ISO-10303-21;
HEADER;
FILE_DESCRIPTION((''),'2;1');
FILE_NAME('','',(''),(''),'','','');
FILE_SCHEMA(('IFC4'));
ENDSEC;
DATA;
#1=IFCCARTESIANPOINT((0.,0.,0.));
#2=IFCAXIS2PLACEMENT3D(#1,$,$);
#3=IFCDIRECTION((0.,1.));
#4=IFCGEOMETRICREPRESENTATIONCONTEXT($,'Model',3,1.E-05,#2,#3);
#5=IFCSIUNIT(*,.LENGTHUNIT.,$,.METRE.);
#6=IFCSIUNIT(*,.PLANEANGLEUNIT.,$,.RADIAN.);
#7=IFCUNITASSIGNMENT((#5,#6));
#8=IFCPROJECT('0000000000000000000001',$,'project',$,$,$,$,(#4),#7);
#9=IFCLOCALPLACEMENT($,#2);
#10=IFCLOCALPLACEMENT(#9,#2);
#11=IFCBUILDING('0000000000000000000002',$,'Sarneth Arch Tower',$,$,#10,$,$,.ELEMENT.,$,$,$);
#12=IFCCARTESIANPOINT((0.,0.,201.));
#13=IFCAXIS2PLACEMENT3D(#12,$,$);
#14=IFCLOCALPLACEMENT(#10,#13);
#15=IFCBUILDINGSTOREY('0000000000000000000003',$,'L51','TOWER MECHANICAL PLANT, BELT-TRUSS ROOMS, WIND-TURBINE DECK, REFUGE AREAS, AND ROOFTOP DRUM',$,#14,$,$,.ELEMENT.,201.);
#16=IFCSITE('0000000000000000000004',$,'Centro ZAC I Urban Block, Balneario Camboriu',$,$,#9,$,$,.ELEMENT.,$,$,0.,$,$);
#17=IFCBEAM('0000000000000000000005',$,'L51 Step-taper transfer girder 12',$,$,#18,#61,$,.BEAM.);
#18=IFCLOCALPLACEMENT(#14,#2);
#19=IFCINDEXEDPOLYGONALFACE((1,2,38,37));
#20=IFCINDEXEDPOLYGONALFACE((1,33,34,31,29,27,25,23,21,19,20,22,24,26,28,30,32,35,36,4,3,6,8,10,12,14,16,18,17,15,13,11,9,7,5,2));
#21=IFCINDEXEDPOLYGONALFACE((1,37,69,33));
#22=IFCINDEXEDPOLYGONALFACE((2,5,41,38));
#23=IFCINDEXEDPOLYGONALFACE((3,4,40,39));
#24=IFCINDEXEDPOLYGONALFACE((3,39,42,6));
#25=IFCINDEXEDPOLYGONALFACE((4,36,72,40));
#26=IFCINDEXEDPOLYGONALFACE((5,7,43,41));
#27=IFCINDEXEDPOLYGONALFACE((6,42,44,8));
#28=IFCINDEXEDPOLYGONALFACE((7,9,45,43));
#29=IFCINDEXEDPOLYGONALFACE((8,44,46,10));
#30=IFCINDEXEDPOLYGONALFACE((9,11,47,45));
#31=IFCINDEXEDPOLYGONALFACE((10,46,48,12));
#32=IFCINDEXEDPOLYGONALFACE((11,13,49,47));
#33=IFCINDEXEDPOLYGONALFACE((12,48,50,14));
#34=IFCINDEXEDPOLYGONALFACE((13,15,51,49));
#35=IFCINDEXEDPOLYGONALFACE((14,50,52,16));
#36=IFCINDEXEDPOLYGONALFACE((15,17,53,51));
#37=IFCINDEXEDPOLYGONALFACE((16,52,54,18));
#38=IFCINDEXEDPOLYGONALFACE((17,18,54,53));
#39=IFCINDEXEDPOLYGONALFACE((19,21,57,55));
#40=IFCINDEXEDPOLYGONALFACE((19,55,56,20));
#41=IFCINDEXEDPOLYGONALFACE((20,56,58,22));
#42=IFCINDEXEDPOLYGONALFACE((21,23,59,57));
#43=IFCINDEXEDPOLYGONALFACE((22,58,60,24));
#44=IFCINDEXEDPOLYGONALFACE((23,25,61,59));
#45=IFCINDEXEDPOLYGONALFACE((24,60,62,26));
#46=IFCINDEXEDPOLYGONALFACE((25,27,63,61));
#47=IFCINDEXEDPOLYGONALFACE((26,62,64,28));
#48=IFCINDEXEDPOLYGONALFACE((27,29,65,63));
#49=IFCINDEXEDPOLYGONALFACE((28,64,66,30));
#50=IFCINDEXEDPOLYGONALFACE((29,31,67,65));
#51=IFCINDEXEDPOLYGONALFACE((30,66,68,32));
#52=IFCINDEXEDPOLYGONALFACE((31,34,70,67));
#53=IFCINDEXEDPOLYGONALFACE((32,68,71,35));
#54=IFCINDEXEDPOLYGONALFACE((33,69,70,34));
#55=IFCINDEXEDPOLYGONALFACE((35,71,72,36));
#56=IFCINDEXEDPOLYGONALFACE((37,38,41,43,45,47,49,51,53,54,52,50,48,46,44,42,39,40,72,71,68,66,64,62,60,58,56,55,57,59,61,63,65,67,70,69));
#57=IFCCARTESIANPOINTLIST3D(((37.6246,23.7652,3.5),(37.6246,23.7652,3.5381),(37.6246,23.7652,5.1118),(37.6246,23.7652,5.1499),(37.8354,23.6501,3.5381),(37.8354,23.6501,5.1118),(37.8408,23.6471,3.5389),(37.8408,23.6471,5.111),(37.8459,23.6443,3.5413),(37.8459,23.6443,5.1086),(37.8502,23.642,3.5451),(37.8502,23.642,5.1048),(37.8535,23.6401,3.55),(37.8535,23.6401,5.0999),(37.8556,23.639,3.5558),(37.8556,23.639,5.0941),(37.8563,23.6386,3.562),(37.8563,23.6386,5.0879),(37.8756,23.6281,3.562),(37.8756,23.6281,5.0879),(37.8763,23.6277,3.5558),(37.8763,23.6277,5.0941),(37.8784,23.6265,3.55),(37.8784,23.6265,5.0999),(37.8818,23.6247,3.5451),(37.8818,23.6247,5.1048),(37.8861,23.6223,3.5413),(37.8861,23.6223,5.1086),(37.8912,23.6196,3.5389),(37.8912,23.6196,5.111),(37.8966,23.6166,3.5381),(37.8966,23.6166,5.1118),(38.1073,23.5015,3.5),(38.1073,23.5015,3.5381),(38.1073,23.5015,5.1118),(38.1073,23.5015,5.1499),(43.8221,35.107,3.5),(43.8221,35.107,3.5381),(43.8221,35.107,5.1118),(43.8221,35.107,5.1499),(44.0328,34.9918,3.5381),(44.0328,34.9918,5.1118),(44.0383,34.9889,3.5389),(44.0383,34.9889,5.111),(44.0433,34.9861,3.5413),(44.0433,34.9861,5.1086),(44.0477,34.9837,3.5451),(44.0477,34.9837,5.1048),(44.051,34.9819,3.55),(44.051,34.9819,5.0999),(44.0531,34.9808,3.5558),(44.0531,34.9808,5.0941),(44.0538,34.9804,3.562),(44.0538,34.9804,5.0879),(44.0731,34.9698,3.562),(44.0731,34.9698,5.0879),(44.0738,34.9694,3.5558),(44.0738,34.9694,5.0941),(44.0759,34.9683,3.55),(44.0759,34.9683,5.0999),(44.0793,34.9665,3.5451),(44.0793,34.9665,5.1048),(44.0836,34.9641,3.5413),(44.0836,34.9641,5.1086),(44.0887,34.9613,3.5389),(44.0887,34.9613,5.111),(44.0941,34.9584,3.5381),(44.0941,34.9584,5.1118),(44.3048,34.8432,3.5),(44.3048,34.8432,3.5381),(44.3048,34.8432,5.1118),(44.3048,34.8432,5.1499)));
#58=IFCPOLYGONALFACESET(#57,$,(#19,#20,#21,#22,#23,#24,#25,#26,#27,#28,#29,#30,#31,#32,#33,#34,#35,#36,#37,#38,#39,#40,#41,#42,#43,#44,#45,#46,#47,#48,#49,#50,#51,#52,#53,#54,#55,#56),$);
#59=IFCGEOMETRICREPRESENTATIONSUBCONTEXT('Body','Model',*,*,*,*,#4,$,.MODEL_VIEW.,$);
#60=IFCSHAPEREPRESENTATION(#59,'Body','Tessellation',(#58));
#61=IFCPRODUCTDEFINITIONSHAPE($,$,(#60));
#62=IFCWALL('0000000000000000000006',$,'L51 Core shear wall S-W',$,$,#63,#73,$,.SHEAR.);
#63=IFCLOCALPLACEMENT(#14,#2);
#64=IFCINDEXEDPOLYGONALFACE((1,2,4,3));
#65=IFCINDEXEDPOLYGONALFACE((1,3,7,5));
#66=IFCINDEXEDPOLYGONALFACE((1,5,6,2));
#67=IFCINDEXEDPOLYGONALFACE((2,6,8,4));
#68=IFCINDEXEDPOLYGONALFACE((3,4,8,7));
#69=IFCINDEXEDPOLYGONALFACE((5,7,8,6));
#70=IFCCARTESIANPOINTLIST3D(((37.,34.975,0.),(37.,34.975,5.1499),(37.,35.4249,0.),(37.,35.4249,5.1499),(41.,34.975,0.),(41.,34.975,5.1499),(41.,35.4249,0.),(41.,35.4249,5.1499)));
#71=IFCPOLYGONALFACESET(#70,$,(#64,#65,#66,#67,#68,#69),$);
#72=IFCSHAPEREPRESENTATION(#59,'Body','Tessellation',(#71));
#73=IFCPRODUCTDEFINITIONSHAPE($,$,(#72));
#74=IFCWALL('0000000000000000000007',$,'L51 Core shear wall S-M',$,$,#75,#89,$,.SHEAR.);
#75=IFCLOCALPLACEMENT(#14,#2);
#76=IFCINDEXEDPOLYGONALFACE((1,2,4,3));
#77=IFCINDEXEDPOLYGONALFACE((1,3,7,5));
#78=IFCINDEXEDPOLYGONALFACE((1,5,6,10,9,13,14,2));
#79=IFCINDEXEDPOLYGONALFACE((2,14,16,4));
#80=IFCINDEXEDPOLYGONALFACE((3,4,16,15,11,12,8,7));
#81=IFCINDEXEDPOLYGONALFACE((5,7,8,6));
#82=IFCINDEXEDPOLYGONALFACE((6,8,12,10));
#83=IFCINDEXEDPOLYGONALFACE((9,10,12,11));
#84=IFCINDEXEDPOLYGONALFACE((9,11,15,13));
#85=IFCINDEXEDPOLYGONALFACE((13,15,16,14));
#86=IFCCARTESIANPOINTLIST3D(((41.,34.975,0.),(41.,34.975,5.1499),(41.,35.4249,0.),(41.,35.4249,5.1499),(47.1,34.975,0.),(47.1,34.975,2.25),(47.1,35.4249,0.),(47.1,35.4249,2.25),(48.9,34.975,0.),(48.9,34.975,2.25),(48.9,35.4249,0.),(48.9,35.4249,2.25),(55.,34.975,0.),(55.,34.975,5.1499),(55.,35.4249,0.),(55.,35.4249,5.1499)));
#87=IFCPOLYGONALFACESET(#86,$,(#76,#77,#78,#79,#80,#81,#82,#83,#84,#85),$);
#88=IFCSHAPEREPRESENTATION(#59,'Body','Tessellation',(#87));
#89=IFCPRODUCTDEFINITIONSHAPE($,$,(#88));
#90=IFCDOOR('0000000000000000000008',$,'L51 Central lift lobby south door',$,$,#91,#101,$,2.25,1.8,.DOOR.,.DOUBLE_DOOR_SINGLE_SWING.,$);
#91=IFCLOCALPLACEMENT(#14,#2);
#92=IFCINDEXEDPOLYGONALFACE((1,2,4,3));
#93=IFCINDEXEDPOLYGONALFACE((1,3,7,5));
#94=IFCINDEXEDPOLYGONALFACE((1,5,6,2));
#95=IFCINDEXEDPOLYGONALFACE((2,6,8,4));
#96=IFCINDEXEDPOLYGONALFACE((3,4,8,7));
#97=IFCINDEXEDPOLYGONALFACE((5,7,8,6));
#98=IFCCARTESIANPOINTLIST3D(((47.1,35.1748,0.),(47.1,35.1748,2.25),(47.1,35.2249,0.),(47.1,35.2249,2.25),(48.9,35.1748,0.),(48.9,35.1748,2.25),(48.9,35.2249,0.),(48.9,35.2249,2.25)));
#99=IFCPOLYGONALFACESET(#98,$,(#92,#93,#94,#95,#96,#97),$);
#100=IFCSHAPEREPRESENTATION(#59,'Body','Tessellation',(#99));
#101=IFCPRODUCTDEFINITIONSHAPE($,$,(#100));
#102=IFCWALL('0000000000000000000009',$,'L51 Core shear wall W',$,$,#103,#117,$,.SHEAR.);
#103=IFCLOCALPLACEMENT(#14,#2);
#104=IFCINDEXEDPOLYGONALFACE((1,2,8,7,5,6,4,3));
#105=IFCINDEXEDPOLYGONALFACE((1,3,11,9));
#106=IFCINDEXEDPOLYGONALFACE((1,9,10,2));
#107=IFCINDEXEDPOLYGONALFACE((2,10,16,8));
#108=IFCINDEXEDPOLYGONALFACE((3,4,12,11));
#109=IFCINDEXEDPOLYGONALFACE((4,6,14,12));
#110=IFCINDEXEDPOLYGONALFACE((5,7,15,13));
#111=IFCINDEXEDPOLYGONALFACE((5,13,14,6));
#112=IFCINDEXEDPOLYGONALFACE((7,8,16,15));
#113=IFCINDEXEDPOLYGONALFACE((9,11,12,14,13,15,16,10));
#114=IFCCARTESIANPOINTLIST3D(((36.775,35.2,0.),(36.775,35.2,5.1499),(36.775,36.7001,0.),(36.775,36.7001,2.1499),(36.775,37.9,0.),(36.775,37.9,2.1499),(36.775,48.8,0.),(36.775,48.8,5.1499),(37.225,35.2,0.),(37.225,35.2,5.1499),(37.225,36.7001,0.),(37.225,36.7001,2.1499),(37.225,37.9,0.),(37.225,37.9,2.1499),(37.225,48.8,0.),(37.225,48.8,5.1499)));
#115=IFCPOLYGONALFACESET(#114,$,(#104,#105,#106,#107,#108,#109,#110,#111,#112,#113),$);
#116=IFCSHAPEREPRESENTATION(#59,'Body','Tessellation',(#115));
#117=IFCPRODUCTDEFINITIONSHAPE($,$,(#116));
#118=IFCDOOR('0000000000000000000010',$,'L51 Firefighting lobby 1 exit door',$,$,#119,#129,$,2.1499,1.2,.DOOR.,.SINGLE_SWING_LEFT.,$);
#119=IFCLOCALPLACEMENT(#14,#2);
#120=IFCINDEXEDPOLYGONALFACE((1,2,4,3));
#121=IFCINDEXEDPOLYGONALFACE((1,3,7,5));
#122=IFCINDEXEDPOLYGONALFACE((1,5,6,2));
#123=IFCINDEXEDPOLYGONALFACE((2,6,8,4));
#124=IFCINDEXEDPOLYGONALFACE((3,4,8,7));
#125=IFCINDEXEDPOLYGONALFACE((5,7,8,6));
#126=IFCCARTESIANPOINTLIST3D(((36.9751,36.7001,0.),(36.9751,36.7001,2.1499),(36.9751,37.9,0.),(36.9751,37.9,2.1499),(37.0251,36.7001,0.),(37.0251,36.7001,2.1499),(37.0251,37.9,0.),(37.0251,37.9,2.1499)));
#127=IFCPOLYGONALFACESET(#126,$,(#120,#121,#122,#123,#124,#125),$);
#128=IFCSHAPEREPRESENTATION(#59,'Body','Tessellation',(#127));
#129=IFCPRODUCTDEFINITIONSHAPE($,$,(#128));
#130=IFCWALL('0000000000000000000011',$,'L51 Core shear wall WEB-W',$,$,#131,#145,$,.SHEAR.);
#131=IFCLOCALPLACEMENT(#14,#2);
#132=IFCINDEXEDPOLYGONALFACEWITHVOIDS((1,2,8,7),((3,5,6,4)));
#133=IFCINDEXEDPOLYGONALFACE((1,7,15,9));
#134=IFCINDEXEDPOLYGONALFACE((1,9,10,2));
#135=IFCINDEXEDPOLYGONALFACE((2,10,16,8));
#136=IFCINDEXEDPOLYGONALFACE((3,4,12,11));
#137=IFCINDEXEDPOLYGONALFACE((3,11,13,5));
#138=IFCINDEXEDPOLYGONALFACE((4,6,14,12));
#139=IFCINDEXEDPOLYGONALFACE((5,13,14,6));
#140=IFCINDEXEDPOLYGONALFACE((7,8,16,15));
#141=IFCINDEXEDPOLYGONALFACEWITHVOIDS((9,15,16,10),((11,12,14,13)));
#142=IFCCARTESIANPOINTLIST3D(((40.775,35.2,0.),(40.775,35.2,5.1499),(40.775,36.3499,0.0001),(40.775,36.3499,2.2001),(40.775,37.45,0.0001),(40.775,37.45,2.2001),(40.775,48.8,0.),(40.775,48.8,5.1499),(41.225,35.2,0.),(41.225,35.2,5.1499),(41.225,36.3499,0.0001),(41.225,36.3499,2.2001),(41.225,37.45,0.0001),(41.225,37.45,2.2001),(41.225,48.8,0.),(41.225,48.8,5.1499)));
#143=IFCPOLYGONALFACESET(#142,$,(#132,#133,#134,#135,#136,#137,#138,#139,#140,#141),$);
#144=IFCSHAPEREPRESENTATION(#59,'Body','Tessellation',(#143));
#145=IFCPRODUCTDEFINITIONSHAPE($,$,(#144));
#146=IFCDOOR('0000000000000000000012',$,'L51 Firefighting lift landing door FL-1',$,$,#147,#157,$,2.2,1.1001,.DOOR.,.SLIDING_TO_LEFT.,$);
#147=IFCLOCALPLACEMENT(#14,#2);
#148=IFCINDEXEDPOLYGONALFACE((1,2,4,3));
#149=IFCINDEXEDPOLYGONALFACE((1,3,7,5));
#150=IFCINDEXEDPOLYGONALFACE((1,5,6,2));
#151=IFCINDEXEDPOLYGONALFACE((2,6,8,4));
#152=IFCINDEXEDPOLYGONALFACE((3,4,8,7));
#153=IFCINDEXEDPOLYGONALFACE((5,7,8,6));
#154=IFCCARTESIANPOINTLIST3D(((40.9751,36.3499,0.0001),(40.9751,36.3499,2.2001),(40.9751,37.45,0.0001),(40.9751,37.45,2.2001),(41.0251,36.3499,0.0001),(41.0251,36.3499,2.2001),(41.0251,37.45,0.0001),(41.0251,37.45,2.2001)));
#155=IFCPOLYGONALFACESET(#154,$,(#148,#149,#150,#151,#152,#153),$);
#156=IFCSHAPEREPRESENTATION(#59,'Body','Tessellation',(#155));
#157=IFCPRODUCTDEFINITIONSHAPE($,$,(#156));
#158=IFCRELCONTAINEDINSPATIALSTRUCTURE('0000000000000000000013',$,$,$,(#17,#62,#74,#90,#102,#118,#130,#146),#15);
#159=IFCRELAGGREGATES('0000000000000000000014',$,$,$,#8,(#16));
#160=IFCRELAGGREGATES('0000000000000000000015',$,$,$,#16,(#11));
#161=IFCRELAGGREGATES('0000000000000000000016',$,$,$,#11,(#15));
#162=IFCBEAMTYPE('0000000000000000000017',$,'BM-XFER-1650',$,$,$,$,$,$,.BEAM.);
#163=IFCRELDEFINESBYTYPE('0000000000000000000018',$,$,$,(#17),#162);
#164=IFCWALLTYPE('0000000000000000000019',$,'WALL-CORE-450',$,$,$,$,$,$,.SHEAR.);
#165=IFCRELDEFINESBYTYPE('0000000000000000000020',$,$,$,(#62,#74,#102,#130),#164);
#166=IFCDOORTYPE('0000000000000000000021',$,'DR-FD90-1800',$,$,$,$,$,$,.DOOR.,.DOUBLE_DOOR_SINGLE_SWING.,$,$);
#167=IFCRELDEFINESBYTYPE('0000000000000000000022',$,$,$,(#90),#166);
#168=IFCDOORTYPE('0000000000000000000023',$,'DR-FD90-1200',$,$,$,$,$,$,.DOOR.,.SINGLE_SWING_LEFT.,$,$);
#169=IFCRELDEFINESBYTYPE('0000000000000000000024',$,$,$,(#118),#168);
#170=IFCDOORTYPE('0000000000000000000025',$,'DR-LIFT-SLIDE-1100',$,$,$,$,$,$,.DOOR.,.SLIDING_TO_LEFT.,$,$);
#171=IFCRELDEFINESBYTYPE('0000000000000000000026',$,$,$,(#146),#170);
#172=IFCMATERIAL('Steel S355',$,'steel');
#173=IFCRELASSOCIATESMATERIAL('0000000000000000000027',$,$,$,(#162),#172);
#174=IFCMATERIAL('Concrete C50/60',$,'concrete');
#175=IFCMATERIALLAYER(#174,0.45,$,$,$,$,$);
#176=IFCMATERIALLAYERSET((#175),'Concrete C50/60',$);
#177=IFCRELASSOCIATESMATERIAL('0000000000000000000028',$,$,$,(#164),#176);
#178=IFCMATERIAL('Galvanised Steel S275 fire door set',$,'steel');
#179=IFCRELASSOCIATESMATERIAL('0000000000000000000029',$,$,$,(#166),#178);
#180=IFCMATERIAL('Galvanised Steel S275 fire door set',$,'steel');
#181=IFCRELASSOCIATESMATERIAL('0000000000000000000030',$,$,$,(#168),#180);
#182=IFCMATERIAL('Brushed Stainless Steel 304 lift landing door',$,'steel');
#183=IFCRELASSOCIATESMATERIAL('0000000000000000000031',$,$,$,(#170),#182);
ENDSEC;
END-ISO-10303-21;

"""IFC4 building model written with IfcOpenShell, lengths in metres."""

from ifc_helpers import new_model, si_unit, direction, frame, frame_2d, origin, origin_2d, place, context, subcontext, project, spatial, rectangle, i_section, extrude, material, layer, layer_set, material_profile, profile_set, type_object, element, fill, save


model = new_model("IFC4")

# Units and contexts
model_context = context("Model", 3, precision=1e-05, world=origin(), true_north=direction((0.0, 1.0)))
body_context = subcontext(model_context, "Body", "Model", "MODEL_VIEW")
ifc_project = project(units=[si_unit("LENGTHUNIT", "METRE"), si_unit("PLANEANGLEUNIT", "RADIAN")], contexts=[model_context])

# Site, building, storey
site_placement = place(None, origin())
site = spatial("IfcSite", under=ifc_project, at=site_placement, Name="Centro ZAC I Urban Block, Balneario Camboriu", CompositionType="ELEMENT", RefElevation=0.0)
building_placement = place(site_placement, origin())
building = spatial("IfcBuilding", under=site, at=building_placement, Name="Sarneth Arch Tower", CompositionType="ELEMENT")
storey_placement = place(building_placement, frame((0.0, 0.0, 201.0)))
storey = spatial("IfcBuildingStorey", under=building, at=storey_placement, Name="L51", Description="TOWER MECHANICAL PLANT, BELT-TRUSS ROOMS, WIND-TURBINE DECK, REFUGE AREAS, AND ROOFTOP DRUM", CompositionType="ELEMENT", Elevation=201.0)

# Beam
ifc_material_1 = material(Name="Steel S355", Category="steel")
ifc_material_profile_1 = material_profile(ifc_material_1, i_section(OverallWidth=0.55, OverallDepth=1.6499, WebThickness=0.022, FlangeThickness=0.0381, FilletRadius=0.0239, at=origin_2d()), Name="CVS1650x680")
ifc_profile_set_1 = profile_set([ifc_material_profile_1], Name="Steel S355")
beam_type_1 = type_object("IfcBeamType", Name="BM-XFER-1650", PredefinedType="BEAM", material=ifc_profile_set_1)
beam_1_placement = place(storey_placement, frame((44.0635, 34.9751, 4.325), z_axis=(-0.479512, -0.877535, 0.0), x_axis=(0.877535, -0.479512, 0.0)))
element("IfcBeam", 1, at=beam_1_placement, inside=storey, type_object=beam_type_1, Name="L51 Step-taper transfer girder 12", PredefinedType="BEAM", context=body_context, shape_type="SweptSolid", body=[
    extrude(i_section(OverallWidth=0.55, OverallDepth=1.6499, WebThickness=0.022, FlangeThickness=0.0381, FilletRadius=0.0239, at=origin_2d()), origin(), (0.0, 0.0, 1.0), 12.9246),
])

# Wall
ifc_material_2 = material(Name="Concrete C50/60", Category="concrete")
ifc_layer_1 = layer(ifc_material_2, 0.45)
ifc_layer_set_1 = layer_set([ifc_layer_1], Name="Concrete C50/60")
wall_type_1 = type_object("IfcWallType", Name="WALL-CORE-450", PredefinedType="SHEAR", material=ifc_layer_set_1)
wall_1_placement = place(storey_placement, frame((37.0, 35.2, 0.0), z_axis=(0.0, 0.0, 1.0), x_axis=(1.0, 0.0, 0.0)))
element("IfcWall", 2, at=wall_1_placement, inside=storey, type_object=wall_type_1, Name="L51 Core shear wall S-W", PredefinedType="SHEAR", context=body_context, shape_type="SweptSolid", body=[
    extrude(rectangle(XDim=4.0, YDim=0.45, at=frame_2d((2.0, 0.0))), origin(), (0.0, 0.0, 1.0), 5.1499),
])

# Walls, openings, doors
wall_2_placement = place(storey_placement, frame((41.0, 35.2, 0.0), z_axis=(0.0, 0.0, 1.0), x_axis=(1.0, 0.0, 0.0)))
wall_2 = element("IfcWall", 3, at=wall_2_placement, inside=storey, type_object=wall_type_1, Name="L51 Core shear wall S-M", PredefinedType="SHEAR", context=body_context, shape_type="SweptSolid", body=[
    extrude(rectangle(XDim=14.0, YDim=0.45, at=frame_2d((7.0, 0.0))), origin(), (0.0, 0.0, 1.0), 5.1499),
])
opening_1_placement = place(wall_2_placement, frame((6.1001, 0.0, 0.0)))
opening_1 = element("IfcOpeningElement", 4, at=opening_1_placement, cuts=wall_2, PredefinedType="OPENING", context=body_context, shape_type="SweptSolid", body=[
    extrude(rectangle(XDim=1.8, YDim=2.25, at=frame_2d((0.8999, 1.125))), frame((0.0, 0.2349, 0.0), z_axis=(0.0, -1.0, 0.0), x_axis=(1.0, 0.0, 0.0)), (0.0, 0.0, 1.0), 0.47),
])
ifc_material_3 = material(Name="Galvanised Steel S275 fire door set", Category="steel")
door_type_1 = type_object("IfcDoorType", Name="DR-FD90-1800", OperationType="DOUBLE_DOOR_SINGLE_SWING", PredefinedType="DOOR", material=ifc_material_3)
door_1_placement = place(opening_1_placement, origin())
door_1 = element("IfcDoor", 5, at=door_1_placement, inside=storey, type_object=door_type_1, Name="L51 Central lift lobby south door", OperationType="DOUBLE_DOOR_SINGLE_SWING", OverallHeight=2.25, OverallWidth=1.8, PredefinedType="DOOR", context=body_context, shape_type="SweptSolid", body=[
    extrude(rectangle(XDim=1.8, YDim=2.25, at=frame_2d((0.8999, 1.125))), frame((0.0, 0.0249, 0.0), z_axis=(0.0, -1.0, 0.0), x_axis=(1.0, 0.0, 0.0)), (0.0, 0.0, 1.0), 0.05),
])
fill(opening_1, door_1)
wall_3_placement = place(storey_placement, frame((37.0, 35.2, 0.0), z_axis=(0.0, 0.0, 1.0), x_axis=(0.0, 1.0, 0.0)))
wall_3 = element("IfcWall", 6, at=wall_3_placement, inside=storey, type_object=wall_type_1, Name="L51 Core shear wall W", PredefinedType="SHEAR", context=body_context, shape_type="SweptSolid", body=[
    extrude(rectangle(XDim=13.6001, YDim=0.45, at=frame_2d((6.8, 0.0))), origin(), (0.0, 0.0, 1.0), 5.1499),
])
opening_2_placement = place(wall_3_placement, frame((1.5, 0.0, 0.0)))
opening_2 = element("IfcOpeningElement", 7, at=opening_2_placement, cuts=wall_3, PredefinedType="OPENING", context=body_context, shape_type="SweptSolid", body=[
    extrude(rectangle(XDim=1.2, YDim=2.1499, at=frame_2d((0.6001, 1.075))), frame((0.0, 0.2349, 0.0), z_axis=(0.0, -1.0, 0.0), x_axis=(1.0, 0.0, 0.0)), (0.0, 0.0, 1.0), 0.47),
])
ifc_material_4 = material(Name="Galvanised Steel S275 fire door set", Category="steel")
door_type_2 = type_object("IfcDoorType", Name="DR-FD90-1200", OperationType="SINGLE_SWING_LEFT", PredefinedType="DOOR", material=ifc_material_4)
door_2_placement = place(opening_2_placement, origin())
door_2 = element("IfcDoor", 8, at=door_2_placement, inside=storey, type_object=door_type_2, Name="L51 Firefighting lobby 1 exit door", OperationType="SINGLE_SWING_LEFT", OverallHeight=2.1499, OverallWidth=1.2, PredefinedType="DOOR", context=body_context, shape_type="SweptSolid", body=[
    extrude(rectangle(XDim=1.2, YDim=2.1499, at=frame_2d((0.6001, 1.075))), frame((0.0, 0.0249, 0.0), z_axis=(0.0, -1.0, 0.0), x_axis=(1.0, 0.0, 0.0)), (0.0, 0.0, 1.0), 0.05),
])
fill(opening_2, door_2)
wall_4_placement = place(storey_placement, frame((41.0, 35.2, 0.0), z_axis=(0.0, 0.0, 1.0), x_axis=(0.0, 1.0, 0.0)))
wall_4 = element("IfcWall", 9, at=wall_4_placement, inside=storey, type_object=wall_type_1, Name="L51 Core shear wall WEB-W", PredefinedType="SHEAR", context=body_context, shape_type="SweptSolid", body=[
    extrude(rectangle(XDim=13.6001, YDim=0.45, at=frame_2d((6.8, 0.0))), origin(), (0.0, 0.0, 1.0), 5.1499),
])
opening_3_placement = place(wall_4_placement, frame((1.1499, 0.0, 0.0)))
opening_3 = element("IfcOpeningElement", 10, at=opening_3_placement, cuts=wall_4, PredefinedType="OPENING", context=body_context, shape_type="SweptSolid", body=[
    extrude(rectangle(XDim=1.1001, YDim=2.2, at=frame_2d((0.55, 1.1001))), frame((0.0, 0.2349, 0.0), z_axis=(0.0, -1.0, 0.0), x_axis=(1.0, 0.0, 0.0)), (0.0, 0.0, 1.0), 0.47),
])
ifc_material_5 = material(Name="Brushed Stainless Steel 304 lift landing door", Category="steel")
door_type_3 = type_object("IfcDoorType", Name="DR-LIFT-SLIDE-1100", OperationType="SLIDING_TO_LEFT", PredefinedType="DOOR", material=ifc_material_5)
door_3_placement = place(opening_3_placement, origin())
door_3 = element("IfcDoor", 11, at=door_3_placement, inside=storey, type_object=door_type_3, Name="L51 Firefighting lift landing door FL-1", OperationType="SLIDING_TO_LEFT", OverallHeight=2.2, OverallWidth=1.1001, PredefinedType="DOOR", context=body_context, shape_type="SweptSolid", body=[
    extrude(rectangle(XDim=1.1001, YDim=2.2, at=frame_2d((0.55, 1.1001))), frame((0.0, 0.0249, 0.0), z_axis=(0.0, -1.0, 0.0), x_axis=(1.0, 0.0, 0.0)), (0.0, 0.0, 1.0), 0.05),
])
fill(opening_3, door_3)

save(model, "model.ifc")
